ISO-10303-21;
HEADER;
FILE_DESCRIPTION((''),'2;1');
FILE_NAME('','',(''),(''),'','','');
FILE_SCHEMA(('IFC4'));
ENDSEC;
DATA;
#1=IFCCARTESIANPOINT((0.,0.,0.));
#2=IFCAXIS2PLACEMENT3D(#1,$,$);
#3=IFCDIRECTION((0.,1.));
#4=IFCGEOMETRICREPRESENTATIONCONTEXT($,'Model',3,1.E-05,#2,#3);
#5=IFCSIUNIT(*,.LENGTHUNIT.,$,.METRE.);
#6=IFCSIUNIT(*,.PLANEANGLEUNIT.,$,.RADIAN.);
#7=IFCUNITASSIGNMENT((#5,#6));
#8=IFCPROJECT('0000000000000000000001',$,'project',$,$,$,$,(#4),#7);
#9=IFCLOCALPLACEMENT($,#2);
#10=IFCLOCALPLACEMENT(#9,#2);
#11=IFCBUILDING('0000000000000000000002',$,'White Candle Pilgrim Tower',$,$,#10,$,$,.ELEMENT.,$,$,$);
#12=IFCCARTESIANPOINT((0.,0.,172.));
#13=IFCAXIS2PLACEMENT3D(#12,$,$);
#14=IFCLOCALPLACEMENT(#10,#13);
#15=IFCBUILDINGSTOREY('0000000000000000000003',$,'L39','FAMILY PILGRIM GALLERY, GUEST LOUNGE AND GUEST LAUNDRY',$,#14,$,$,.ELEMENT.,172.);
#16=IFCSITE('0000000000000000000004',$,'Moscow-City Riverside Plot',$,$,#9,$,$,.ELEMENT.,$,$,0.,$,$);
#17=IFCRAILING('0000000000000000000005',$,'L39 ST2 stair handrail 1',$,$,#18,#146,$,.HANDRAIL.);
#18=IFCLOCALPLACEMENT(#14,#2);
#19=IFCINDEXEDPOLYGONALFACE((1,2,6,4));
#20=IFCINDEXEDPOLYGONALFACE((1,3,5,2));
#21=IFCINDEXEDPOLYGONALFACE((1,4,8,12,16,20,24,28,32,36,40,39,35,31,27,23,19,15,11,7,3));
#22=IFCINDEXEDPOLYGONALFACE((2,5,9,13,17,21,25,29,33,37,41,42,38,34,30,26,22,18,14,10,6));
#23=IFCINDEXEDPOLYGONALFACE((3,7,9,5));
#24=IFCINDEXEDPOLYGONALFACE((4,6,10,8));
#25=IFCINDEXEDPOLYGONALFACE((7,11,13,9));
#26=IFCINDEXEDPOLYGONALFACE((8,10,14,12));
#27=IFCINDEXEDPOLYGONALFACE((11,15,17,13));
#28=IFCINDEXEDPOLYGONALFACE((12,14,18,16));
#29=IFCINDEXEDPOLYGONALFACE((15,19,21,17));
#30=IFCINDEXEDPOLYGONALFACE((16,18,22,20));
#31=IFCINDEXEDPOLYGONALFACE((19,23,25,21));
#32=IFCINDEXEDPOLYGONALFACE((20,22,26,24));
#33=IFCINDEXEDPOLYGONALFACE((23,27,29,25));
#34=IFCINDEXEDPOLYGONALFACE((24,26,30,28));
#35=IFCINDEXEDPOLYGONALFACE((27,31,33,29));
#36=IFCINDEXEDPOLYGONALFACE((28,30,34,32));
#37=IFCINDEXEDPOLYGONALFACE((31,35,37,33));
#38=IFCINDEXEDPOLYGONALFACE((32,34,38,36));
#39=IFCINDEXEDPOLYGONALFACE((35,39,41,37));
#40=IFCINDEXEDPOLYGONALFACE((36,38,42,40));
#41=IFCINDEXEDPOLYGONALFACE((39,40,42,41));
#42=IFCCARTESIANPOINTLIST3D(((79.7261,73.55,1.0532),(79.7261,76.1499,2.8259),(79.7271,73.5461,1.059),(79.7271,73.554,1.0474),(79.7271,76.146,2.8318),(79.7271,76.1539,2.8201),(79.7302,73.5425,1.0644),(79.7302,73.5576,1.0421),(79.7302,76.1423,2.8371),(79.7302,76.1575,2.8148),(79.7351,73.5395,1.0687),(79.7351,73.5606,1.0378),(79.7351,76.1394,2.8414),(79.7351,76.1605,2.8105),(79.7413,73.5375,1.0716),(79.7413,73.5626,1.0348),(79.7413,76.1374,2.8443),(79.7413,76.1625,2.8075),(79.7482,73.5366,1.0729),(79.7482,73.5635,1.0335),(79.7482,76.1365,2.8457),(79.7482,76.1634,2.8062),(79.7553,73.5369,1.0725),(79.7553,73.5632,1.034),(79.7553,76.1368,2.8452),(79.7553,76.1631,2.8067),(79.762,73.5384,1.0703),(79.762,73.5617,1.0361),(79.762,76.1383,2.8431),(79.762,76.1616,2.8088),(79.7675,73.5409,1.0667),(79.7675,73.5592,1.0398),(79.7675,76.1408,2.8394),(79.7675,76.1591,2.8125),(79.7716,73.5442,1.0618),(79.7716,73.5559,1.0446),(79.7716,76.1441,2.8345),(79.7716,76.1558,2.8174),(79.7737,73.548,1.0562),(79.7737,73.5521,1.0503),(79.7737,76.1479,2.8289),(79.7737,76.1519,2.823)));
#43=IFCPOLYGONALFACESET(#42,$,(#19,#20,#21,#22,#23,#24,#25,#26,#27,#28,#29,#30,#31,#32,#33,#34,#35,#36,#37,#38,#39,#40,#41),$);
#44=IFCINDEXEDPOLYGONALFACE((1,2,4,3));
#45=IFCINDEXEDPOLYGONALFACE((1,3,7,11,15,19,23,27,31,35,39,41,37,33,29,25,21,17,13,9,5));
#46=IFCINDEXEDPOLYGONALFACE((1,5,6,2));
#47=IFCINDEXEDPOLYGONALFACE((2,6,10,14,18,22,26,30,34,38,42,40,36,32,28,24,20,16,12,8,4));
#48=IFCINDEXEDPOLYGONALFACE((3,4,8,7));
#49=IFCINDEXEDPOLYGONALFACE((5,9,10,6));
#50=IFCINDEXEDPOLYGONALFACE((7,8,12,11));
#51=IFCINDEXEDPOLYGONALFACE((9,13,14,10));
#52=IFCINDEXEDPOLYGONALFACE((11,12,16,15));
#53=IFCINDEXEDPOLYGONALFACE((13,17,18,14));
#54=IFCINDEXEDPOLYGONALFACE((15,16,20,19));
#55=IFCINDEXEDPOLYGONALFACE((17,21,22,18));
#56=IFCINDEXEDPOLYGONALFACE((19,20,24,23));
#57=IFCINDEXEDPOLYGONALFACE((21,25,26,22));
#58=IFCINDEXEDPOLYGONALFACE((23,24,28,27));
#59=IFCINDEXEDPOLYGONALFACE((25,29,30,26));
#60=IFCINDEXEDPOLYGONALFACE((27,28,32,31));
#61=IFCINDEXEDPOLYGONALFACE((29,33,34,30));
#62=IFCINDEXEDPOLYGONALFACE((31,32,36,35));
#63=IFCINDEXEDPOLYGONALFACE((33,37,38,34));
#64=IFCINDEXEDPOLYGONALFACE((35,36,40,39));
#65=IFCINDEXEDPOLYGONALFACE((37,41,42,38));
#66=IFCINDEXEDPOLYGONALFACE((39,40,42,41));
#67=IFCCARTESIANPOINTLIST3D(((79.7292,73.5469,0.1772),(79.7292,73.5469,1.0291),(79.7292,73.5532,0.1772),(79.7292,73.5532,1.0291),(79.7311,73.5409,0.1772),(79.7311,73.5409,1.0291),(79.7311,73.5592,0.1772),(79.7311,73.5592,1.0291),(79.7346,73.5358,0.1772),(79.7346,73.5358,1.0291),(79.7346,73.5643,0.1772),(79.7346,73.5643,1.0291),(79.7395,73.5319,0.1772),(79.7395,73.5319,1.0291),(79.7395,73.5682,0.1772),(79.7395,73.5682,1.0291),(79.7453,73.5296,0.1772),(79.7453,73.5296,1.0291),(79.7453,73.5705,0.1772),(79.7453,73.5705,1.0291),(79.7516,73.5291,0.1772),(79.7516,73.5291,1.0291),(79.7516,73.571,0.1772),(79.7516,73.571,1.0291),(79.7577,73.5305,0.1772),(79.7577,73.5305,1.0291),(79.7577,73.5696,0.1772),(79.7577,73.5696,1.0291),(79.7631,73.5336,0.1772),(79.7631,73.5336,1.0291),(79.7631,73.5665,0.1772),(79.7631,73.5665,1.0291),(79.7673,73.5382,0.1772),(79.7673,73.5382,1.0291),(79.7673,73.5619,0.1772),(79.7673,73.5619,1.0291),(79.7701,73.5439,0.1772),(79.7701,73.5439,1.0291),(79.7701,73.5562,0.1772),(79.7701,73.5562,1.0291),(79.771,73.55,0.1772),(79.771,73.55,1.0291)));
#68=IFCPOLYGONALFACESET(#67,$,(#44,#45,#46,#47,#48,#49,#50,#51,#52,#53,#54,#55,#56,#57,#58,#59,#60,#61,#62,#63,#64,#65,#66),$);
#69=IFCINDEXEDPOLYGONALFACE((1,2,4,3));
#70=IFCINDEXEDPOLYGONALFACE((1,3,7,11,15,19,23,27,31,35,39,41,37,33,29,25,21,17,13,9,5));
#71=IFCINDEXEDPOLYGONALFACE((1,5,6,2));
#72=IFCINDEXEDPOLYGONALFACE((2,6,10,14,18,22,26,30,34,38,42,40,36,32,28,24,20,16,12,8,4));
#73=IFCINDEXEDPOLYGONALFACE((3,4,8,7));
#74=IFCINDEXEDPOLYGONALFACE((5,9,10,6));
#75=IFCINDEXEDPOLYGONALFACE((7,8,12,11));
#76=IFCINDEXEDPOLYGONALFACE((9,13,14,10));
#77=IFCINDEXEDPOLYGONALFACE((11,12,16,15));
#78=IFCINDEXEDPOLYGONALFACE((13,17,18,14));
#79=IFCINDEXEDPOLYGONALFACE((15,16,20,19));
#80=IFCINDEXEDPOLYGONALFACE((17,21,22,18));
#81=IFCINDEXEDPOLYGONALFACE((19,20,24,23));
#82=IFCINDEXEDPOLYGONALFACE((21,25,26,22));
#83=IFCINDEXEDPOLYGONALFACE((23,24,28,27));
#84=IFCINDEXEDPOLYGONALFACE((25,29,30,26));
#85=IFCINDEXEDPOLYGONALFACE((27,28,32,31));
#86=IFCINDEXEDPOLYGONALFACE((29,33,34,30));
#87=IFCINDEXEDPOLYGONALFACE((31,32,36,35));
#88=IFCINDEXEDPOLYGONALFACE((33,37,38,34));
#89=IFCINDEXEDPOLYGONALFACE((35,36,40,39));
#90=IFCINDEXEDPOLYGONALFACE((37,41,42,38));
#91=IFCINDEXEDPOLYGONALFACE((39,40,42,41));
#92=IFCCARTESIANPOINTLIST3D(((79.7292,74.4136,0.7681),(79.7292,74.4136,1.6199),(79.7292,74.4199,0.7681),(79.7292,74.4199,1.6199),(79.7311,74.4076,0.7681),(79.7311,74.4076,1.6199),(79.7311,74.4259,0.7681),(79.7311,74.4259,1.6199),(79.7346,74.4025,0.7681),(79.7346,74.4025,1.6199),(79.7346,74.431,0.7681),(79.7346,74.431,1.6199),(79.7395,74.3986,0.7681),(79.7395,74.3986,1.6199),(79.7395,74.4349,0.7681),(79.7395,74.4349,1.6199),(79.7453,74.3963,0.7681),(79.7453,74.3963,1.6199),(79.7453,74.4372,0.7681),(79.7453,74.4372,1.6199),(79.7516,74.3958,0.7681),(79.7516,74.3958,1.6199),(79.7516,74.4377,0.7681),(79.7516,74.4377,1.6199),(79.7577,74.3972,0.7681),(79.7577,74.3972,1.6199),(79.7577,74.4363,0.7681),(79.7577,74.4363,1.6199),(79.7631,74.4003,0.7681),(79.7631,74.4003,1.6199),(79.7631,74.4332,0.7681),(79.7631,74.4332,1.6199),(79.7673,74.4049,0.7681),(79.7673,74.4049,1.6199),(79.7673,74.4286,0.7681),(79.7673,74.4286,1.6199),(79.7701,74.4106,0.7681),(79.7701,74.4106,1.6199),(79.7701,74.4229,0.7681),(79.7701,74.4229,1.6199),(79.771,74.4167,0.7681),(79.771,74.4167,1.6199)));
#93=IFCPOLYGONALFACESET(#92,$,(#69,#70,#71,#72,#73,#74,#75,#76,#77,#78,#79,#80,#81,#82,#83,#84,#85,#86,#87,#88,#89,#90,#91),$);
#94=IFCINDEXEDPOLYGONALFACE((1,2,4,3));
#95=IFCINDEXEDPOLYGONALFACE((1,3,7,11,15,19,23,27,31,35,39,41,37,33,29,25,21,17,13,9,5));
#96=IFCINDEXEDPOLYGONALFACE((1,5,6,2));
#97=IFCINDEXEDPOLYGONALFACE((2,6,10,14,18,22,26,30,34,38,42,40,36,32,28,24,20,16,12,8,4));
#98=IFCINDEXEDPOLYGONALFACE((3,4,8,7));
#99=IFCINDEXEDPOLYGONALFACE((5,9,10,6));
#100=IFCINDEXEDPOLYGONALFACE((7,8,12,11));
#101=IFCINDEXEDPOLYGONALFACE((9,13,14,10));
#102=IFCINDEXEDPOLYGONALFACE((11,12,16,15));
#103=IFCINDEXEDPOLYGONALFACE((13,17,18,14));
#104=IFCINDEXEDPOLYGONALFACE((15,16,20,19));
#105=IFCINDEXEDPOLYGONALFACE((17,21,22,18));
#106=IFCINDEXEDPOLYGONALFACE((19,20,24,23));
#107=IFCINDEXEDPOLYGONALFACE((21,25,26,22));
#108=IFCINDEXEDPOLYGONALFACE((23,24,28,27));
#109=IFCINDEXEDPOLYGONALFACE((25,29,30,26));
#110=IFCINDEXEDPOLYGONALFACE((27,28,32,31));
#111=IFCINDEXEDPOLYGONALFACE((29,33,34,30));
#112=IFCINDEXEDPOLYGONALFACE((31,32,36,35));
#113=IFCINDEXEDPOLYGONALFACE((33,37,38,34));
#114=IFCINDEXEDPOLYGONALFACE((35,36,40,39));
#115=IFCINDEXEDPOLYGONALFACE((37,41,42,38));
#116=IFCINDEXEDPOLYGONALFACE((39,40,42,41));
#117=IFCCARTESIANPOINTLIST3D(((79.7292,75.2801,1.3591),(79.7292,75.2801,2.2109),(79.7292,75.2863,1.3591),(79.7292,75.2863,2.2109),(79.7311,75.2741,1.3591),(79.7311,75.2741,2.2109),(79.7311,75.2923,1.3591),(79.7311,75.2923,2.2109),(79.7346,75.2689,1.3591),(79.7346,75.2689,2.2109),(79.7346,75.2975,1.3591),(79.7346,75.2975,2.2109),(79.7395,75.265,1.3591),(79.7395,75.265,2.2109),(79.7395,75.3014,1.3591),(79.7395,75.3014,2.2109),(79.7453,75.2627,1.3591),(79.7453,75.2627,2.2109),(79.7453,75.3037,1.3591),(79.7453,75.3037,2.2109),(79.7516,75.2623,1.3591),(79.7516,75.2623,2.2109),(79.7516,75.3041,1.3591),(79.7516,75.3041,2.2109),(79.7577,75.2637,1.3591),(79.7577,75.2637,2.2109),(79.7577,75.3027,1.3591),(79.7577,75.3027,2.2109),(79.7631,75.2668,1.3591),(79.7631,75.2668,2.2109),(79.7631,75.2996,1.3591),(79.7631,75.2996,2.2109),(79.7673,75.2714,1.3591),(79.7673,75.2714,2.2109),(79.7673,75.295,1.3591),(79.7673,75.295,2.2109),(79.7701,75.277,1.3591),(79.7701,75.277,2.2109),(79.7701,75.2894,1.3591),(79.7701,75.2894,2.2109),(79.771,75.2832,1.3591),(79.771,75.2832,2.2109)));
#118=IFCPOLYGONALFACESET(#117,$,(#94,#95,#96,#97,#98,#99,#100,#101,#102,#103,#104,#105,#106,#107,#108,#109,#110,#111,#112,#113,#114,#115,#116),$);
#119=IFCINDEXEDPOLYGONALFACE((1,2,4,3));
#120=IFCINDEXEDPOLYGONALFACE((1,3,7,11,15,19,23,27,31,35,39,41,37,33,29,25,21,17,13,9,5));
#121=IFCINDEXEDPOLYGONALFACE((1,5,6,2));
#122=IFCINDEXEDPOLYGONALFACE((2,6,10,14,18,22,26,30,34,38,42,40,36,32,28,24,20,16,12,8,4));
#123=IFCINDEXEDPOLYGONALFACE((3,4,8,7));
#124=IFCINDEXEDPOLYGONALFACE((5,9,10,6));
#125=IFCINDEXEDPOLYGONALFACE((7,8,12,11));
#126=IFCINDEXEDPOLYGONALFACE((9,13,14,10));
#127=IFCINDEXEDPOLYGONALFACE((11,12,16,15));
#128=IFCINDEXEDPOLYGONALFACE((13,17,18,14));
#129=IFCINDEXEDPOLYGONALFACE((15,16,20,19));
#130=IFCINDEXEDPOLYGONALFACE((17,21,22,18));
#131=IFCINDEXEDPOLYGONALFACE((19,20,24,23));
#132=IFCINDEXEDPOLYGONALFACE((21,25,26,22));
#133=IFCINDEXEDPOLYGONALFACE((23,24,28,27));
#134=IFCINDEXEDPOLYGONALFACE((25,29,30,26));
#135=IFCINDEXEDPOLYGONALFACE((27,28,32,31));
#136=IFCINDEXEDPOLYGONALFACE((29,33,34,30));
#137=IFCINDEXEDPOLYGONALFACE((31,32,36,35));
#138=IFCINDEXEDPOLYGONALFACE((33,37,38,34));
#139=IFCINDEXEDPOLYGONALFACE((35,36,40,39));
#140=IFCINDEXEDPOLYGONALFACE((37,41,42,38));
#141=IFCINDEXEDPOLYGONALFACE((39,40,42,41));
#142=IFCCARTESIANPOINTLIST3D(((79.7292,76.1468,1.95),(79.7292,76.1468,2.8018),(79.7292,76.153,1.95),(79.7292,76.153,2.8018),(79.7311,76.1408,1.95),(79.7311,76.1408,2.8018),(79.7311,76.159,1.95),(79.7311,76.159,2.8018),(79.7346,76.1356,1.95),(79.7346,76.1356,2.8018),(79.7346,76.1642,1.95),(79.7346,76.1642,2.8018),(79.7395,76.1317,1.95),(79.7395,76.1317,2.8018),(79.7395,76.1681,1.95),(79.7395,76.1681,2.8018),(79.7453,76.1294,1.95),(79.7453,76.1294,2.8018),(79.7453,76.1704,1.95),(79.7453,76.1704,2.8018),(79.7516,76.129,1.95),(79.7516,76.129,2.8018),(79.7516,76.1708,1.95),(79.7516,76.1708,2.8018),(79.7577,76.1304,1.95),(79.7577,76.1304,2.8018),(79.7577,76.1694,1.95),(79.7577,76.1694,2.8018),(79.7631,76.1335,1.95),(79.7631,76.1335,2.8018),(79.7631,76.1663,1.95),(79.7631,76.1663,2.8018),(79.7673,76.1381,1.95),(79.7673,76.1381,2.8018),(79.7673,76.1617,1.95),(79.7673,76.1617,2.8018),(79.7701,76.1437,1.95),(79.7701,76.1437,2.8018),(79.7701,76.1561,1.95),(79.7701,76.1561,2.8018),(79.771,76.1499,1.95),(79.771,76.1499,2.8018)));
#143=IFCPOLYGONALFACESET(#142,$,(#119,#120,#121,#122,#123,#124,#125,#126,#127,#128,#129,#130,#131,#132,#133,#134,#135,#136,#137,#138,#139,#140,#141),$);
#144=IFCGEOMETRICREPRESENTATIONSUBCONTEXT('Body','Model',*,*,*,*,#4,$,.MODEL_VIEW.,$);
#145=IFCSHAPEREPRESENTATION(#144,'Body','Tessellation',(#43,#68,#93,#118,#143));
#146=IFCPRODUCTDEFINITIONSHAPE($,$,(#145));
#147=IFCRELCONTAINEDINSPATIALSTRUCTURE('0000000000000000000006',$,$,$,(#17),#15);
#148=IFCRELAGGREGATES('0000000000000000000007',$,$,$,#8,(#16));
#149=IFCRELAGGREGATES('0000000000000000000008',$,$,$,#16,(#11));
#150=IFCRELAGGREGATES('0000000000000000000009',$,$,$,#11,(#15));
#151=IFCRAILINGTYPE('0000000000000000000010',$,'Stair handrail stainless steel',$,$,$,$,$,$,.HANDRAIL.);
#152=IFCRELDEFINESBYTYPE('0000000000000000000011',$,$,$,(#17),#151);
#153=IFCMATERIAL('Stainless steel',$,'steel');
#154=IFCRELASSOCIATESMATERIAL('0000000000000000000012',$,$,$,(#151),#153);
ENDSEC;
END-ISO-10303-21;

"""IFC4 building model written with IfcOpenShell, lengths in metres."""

from ifc_helpers import new_model, si_unit, direction, frame, origin, origin_2d, place, context, subcontext, project, spatial, circle, extrude, material, type_object, element, save


model = new_model("IFC4")

# Units and contexts
model_context = context("Model", 3, precision=1e-05, world=origin(), true_north=direction((0.0, 1.0)))
body_context = subcontext(model_context, "Body", "Model", "MODEL_VIEW")
ifc_project = project(units=[si_unit("LENGTHUNIT", "METRE"), si_unit("PLANEANGLEUNIT", "RADIAN")], contexts=[model_context])

# Site, building, storey
site_placement = place(None, origin())
site = spatial("IfcSite", under=ifc_project, at=site_placement, Name="Moscow-City Riverside Plot", CompositionType="ELEMENT", RefElevation=0.0)
building_placement = place(site_placement, origin())
building = spatial("IfcBuilding", under=site, at=building_placement, Name="White Candle Pilgrim Tower", CompositionType="ELEMENT")
storey_placement = place(building_placement, frame((0.0, 0.0, 172.0)))
storey = spatial("IfcBuildingStorey", under=building, at=storey_placement, Name="L39", Description="FAMILY PILGRIM GALLERY, GUEST LOUNGE AND GUEST LAUNDRY", CompositionType="ELEMENT", Elevation=172.0)

# Railing
ifc_material_1 = material(Name="Stainless steel", Category="steel")
railing_type_1 = type_object("IfcRailingType", Name="Stair handrail stainless steel", PredefinedType="HANDRAIL", material=ifc_material_1)
railing_1_placement = place(storey_placement, frame((79.75, 73.55, 0.1772)))
element("IfcRailing", 1, at=railing_1_placement, inside=storey, type_object=railing_type_1, Name="L39 ST2 stair handrail 1", PredefinedType="HANDRAIL", context=body_context, shape_type="SweptSolid", body=[
    extrude(circle(Radius=0.0239, at=origin_2d()), frame((0.0, 0.0, 0.876), z_axis=(0.0, 0.826216, 0.563354), x_axis=(-1.0, 0.0, 0.0)), (0.0, 0.0, 1.0), 3.1467),
    extrude(circle(Radius=0.021, at=origin_2d()), origin(), (0.0, 0.0, 1.0), 0.8518),
    extrude(circle(Radius=0.021, at=origin_2d()), frame((0.0, 0.8667, 0.5908)), (0.0, 0.0, 1.0), 0.8518),
    extrude(circle(Radius=0.021, at=origin_2d()), frame((0.0, 1.7332, 1.1819)), (0.0, 0.0, 1.0), 0.8518),
    extrude(circle(Radius=0.021, at=origin_2d()), frame((0.0, 2.5999, 1.7727)), (0.0, 0.0, 1.0), 0.8518),
])

save(model, "model.ifc")
